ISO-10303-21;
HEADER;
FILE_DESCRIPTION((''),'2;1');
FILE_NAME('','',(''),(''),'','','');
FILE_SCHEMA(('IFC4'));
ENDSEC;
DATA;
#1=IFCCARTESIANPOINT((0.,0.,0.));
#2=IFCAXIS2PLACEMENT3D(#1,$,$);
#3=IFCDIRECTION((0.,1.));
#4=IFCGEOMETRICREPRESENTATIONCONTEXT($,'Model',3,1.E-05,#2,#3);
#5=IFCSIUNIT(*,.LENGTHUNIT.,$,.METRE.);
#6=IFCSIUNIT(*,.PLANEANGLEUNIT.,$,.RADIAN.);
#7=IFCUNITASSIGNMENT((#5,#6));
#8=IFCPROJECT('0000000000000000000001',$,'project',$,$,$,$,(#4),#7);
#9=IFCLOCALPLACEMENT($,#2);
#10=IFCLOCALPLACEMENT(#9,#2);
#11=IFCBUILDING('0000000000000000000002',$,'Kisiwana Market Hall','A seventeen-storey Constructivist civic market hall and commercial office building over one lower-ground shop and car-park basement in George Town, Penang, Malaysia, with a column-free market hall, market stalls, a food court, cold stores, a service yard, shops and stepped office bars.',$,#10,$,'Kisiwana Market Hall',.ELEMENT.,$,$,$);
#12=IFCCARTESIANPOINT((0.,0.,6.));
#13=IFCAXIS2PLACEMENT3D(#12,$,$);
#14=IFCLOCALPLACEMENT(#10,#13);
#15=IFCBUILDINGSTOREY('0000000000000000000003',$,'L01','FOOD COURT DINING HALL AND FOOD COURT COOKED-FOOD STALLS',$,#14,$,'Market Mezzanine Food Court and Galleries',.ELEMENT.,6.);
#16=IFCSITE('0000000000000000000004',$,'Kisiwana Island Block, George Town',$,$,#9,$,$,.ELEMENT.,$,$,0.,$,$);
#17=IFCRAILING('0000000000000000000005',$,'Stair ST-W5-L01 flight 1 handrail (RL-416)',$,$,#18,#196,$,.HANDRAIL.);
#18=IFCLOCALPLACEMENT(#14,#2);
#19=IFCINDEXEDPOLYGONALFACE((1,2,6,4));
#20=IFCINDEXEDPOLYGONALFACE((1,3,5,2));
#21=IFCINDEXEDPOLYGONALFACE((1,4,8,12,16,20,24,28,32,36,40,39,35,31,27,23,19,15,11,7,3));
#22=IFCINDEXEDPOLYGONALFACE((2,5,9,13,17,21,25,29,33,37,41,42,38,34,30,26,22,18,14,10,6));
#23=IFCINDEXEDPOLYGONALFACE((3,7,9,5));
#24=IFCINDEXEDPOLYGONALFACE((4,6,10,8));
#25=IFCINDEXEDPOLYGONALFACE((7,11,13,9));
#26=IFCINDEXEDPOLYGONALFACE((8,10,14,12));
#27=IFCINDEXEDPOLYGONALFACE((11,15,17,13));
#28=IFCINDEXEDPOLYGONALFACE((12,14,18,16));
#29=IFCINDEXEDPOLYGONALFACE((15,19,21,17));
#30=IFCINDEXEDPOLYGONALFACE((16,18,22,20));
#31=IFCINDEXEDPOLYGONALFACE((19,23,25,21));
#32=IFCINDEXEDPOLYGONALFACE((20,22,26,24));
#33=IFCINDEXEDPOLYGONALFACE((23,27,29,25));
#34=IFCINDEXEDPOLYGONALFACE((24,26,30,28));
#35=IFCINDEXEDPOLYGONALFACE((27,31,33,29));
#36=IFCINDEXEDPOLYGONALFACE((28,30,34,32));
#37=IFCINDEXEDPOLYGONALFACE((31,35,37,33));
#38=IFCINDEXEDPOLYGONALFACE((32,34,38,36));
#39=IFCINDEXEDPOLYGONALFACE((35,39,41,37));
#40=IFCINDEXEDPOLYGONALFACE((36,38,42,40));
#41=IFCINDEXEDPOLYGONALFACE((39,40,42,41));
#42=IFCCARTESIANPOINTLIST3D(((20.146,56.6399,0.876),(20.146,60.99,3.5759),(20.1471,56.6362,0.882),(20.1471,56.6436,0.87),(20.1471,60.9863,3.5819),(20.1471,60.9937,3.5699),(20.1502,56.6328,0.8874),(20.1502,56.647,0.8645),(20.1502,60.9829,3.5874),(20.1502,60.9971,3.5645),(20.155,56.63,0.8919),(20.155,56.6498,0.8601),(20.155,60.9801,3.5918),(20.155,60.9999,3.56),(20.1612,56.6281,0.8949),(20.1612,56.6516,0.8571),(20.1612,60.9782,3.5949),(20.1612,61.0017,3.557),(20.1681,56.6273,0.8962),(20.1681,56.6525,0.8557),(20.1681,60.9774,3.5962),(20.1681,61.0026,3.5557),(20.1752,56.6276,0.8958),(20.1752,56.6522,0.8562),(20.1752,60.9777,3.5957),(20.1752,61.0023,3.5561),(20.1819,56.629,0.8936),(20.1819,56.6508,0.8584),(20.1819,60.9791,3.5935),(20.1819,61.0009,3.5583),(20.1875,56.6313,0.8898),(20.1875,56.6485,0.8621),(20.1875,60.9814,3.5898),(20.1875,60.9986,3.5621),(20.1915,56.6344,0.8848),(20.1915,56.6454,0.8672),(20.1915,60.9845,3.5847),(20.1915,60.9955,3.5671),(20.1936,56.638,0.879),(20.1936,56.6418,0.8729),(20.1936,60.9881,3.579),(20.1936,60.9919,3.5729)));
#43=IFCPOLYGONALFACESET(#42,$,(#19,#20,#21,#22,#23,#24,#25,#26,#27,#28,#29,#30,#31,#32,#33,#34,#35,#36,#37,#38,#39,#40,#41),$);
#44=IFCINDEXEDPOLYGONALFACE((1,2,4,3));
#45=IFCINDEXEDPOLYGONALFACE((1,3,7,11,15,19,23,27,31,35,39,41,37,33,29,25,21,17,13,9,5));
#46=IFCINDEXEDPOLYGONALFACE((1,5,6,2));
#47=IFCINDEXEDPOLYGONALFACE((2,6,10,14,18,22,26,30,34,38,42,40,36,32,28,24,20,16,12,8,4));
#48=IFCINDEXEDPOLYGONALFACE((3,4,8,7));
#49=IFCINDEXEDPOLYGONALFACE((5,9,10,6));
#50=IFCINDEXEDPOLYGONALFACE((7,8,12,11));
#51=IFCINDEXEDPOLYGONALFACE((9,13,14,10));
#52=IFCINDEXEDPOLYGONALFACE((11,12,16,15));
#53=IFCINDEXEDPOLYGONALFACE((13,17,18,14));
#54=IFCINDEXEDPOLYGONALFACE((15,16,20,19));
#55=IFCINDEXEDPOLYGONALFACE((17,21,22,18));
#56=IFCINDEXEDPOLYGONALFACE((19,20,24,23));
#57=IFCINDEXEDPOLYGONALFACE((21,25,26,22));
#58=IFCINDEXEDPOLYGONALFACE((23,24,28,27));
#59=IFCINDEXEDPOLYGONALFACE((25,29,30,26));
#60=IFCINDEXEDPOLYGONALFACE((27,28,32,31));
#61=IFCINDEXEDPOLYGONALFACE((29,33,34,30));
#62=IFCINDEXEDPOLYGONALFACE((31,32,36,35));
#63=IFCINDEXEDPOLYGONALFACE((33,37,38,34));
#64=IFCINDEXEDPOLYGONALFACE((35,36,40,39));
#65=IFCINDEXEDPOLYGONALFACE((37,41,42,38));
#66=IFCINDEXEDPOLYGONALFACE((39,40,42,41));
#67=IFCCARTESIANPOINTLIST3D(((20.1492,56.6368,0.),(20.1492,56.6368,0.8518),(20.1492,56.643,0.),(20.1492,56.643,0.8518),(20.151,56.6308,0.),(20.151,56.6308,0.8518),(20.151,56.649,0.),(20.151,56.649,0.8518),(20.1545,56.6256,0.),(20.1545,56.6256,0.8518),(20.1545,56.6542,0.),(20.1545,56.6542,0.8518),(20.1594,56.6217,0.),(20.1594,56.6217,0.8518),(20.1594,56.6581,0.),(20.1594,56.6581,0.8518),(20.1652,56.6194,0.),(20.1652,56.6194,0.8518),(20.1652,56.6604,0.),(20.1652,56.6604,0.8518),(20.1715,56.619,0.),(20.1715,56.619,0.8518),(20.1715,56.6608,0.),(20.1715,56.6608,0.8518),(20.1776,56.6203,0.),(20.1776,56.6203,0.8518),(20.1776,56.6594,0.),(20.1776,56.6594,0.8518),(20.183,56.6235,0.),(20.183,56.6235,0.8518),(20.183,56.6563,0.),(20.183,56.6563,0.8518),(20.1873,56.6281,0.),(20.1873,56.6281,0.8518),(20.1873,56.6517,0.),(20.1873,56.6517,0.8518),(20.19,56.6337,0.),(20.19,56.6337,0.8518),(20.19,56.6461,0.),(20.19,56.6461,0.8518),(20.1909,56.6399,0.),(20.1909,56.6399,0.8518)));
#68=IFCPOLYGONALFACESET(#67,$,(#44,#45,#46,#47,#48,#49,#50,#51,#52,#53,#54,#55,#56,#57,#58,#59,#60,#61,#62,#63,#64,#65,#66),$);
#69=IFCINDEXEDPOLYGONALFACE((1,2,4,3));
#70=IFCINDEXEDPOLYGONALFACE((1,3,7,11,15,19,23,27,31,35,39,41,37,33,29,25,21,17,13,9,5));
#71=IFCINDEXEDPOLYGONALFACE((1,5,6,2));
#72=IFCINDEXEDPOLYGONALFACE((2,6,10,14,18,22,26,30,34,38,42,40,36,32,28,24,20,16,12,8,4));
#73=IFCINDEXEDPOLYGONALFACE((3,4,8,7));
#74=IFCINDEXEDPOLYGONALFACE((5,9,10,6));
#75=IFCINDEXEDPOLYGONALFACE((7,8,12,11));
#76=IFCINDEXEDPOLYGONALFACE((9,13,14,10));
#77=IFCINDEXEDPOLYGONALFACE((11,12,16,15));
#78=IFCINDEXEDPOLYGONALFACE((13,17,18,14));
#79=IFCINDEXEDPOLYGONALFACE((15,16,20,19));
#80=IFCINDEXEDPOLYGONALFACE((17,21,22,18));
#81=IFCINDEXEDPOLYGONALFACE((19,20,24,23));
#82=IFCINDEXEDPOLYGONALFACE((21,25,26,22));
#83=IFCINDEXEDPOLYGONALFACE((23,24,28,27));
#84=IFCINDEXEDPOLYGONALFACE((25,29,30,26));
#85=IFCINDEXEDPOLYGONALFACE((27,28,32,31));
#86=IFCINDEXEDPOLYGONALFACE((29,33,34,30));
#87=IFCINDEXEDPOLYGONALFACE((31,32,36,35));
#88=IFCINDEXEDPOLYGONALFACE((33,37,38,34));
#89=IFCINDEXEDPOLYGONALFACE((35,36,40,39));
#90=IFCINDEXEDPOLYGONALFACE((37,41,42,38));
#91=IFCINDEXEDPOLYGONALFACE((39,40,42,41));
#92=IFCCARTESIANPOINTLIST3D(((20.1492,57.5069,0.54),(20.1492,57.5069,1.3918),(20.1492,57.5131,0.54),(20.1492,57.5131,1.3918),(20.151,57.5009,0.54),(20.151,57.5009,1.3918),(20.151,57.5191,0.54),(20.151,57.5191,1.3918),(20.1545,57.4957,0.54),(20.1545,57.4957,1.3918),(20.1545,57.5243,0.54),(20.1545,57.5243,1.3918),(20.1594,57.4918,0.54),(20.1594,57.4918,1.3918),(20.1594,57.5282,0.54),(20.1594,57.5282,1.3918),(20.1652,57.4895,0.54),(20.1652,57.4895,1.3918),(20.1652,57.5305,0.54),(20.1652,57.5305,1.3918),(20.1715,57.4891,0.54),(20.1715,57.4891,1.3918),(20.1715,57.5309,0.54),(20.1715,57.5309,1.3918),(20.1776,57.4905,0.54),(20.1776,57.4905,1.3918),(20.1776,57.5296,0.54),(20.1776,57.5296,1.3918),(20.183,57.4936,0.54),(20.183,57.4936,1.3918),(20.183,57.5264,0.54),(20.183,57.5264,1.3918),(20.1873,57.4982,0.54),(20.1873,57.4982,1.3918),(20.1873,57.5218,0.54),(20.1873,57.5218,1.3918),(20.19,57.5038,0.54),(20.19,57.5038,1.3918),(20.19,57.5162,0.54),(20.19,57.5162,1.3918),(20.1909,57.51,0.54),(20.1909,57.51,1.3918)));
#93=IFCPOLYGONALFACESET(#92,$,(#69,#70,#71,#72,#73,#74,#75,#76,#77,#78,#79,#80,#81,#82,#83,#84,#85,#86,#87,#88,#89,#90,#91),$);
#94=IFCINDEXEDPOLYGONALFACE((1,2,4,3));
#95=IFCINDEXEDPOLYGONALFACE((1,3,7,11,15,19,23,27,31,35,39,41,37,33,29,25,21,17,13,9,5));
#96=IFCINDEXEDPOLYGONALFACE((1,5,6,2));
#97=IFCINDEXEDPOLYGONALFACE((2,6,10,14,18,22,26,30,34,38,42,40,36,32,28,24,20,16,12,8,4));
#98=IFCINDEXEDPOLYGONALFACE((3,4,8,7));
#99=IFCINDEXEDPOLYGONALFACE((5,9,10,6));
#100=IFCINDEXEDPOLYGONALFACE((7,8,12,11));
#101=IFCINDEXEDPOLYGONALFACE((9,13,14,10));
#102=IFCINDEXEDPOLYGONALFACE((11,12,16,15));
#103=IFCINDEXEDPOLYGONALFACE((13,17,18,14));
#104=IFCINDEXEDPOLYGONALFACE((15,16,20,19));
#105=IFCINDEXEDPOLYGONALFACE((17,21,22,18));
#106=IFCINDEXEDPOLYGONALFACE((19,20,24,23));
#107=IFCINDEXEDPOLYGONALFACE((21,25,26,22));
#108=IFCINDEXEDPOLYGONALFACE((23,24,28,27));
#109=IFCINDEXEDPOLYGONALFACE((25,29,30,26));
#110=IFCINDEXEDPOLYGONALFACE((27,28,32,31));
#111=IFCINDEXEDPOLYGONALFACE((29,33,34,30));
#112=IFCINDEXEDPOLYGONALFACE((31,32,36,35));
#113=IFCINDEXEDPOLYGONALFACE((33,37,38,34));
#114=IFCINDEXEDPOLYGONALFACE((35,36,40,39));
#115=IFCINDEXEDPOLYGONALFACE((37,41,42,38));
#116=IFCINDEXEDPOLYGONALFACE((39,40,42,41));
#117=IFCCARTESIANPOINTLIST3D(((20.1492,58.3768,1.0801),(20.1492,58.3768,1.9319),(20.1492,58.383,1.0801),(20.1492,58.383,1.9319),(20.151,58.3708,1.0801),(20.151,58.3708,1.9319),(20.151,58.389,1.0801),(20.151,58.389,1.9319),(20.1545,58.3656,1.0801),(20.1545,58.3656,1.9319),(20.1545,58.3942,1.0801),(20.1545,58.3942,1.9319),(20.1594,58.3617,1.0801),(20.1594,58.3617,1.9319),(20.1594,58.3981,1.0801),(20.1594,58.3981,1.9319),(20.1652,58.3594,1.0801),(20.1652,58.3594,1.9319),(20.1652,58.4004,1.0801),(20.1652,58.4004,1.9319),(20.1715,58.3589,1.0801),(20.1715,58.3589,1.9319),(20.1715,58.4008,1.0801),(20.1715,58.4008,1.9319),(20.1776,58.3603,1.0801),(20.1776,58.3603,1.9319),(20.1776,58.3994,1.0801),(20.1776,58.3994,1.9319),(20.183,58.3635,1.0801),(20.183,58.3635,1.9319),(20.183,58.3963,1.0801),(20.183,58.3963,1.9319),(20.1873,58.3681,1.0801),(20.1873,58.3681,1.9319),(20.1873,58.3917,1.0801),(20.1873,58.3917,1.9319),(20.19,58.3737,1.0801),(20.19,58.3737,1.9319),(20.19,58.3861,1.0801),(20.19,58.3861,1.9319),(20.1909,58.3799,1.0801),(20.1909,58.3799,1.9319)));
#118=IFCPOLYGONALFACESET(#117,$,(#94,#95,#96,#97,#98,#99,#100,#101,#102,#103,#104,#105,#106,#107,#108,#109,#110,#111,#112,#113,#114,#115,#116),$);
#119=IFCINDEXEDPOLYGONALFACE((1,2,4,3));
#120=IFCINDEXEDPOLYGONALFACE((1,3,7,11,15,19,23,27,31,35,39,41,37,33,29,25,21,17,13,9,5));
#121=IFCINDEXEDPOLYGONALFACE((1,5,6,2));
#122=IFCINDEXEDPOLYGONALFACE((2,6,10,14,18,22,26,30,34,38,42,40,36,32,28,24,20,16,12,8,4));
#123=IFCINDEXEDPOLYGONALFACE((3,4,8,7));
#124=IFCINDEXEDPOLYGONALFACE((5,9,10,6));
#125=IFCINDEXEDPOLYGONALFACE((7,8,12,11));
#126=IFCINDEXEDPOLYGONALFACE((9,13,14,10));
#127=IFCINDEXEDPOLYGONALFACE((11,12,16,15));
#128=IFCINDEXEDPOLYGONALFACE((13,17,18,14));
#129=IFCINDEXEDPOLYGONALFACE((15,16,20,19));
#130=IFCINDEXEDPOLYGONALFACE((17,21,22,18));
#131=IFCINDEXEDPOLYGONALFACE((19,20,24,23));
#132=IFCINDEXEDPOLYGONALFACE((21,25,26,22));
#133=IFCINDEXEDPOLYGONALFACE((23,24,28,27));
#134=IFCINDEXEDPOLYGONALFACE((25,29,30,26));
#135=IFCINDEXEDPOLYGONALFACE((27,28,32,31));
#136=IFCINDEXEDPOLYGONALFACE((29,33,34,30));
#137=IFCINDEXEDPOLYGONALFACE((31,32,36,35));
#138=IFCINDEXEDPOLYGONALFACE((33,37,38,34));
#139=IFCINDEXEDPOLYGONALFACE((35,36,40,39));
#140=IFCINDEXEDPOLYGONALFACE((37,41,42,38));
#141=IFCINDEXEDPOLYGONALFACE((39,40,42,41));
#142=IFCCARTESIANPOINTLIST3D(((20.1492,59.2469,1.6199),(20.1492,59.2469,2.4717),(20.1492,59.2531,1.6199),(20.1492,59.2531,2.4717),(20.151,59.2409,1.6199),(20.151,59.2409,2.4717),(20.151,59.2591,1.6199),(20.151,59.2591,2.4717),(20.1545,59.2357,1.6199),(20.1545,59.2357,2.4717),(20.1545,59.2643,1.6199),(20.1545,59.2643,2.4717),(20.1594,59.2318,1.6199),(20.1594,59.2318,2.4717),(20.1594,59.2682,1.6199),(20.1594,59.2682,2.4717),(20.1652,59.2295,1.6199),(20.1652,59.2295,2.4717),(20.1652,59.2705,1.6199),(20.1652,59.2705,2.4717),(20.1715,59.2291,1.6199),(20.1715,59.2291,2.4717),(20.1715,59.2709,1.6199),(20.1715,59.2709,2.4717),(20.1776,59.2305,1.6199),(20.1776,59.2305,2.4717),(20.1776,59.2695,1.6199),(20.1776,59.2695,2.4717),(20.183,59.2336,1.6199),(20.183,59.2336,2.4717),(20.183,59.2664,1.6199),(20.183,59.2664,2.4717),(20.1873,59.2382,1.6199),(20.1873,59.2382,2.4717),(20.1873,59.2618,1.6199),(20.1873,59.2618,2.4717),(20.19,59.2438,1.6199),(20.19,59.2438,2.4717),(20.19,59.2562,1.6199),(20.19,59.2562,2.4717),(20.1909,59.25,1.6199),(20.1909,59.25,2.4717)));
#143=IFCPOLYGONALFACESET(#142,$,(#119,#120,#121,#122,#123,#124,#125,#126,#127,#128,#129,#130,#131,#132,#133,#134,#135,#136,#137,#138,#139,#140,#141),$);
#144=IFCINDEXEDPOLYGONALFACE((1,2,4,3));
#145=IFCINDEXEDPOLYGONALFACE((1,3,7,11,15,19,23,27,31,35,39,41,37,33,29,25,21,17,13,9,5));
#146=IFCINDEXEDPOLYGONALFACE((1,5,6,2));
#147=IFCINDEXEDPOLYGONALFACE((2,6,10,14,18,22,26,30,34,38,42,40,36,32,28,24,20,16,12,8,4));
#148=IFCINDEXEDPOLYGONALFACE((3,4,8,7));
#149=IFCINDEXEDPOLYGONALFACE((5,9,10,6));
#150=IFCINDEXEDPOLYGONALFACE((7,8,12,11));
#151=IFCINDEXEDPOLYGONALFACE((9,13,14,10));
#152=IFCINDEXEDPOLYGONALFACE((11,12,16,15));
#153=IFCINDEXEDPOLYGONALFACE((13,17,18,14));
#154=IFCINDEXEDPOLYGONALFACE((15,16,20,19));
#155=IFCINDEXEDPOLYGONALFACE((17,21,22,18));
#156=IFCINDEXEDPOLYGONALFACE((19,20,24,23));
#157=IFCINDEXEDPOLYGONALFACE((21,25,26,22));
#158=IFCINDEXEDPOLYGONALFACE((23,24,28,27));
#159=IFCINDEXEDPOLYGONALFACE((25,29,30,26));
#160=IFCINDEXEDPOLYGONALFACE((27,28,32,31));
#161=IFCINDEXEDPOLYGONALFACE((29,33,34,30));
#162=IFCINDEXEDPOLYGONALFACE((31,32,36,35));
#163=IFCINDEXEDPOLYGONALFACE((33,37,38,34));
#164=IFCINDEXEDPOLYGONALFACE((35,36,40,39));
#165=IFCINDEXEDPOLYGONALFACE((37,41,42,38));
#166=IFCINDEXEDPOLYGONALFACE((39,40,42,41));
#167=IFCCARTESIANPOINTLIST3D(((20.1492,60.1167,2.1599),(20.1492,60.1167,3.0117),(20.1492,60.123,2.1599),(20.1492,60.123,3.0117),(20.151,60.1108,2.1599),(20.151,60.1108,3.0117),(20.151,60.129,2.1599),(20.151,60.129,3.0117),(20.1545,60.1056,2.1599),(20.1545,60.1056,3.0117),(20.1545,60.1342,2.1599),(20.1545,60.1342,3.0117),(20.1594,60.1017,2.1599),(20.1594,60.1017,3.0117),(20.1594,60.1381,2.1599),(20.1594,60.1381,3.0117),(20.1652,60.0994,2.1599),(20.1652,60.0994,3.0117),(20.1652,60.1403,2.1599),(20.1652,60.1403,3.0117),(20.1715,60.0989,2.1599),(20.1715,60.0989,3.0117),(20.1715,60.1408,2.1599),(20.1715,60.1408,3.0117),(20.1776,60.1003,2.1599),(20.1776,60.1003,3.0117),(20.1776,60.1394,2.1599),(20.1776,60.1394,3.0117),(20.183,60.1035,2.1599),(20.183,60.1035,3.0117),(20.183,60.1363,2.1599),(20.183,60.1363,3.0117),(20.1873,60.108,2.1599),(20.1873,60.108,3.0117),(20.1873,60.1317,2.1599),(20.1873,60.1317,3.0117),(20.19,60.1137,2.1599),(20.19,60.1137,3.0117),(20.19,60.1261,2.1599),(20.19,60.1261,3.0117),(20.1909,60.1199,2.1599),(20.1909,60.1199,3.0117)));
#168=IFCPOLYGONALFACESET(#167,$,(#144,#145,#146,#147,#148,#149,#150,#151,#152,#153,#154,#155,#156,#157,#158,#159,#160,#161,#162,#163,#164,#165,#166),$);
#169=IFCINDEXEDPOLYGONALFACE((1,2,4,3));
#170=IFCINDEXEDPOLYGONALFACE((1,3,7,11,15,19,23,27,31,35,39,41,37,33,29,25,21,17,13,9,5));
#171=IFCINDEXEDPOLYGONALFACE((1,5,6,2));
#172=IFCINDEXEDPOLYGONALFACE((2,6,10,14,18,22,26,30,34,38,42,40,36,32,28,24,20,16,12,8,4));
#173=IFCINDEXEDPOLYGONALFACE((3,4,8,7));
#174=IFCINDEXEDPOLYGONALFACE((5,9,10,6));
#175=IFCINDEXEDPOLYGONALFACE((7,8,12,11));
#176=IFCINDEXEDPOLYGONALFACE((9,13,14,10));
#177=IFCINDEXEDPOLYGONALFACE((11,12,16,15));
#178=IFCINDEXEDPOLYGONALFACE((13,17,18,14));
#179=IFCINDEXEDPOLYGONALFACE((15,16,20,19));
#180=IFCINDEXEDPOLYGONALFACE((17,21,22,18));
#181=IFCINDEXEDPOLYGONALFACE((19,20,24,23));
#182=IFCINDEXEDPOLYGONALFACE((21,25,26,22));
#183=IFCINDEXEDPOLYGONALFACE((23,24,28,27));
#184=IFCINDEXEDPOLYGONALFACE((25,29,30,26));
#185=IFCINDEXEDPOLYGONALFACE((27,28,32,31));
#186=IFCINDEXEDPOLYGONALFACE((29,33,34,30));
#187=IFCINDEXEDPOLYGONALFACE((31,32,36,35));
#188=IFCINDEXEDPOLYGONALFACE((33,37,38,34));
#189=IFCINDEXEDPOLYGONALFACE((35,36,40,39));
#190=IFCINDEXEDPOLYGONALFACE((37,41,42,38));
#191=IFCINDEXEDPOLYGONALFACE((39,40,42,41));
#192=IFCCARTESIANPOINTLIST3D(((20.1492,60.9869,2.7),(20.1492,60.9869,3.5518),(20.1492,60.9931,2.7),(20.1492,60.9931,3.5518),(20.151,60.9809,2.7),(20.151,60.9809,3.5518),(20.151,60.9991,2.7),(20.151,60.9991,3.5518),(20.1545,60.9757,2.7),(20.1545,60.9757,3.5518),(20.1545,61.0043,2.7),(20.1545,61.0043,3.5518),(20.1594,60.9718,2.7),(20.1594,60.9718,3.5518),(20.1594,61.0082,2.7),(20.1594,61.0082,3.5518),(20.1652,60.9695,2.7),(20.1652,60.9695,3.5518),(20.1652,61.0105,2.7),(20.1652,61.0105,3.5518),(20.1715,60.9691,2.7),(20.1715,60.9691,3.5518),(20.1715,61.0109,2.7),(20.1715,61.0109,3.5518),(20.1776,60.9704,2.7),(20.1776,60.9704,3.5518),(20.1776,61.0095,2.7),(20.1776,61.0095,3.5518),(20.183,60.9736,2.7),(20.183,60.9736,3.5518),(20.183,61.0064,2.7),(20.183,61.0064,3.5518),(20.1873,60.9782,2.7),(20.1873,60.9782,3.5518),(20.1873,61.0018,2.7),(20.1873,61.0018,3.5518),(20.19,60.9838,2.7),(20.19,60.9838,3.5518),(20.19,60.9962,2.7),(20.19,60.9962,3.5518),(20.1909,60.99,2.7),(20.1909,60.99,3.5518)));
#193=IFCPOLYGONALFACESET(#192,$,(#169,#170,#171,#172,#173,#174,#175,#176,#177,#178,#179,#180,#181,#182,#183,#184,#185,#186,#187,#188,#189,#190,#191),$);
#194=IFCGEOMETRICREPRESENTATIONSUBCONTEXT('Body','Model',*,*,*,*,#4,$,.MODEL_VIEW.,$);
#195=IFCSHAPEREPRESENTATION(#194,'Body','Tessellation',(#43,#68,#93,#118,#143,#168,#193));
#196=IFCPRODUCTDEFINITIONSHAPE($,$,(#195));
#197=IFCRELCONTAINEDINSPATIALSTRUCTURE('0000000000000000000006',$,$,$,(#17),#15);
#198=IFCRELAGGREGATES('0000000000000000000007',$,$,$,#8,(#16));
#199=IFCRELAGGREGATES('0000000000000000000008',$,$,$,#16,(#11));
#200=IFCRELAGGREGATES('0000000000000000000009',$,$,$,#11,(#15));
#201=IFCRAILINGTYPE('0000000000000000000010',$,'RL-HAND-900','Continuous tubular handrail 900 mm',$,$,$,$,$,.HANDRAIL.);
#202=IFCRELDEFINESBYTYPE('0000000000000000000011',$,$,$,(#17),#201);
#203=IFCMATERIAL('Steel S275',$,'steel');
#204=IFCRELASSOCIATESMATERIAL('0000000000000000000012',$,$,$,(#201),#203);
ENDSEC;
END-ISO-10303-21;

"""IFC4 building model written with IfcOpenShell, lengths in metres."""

from ifc_helpers import new_model, si_unit, direction, frame, origin, origin_2d, place, context, subcontext, project, spatial, circle, extrude, material, type_object, element, save


model = new_model("IFC4")

# Units and contexts
model_context = context("Model", 3, precision=1e-05, world=origin(), true_north=direction((0.0, 1.0)))
body_context = subcontext(model_context, "Body", "Model", "MODEL_VIEW")
ifc_project = project(units=[si_unit("LENGTHUNIT", "METRE"), si_unit("PLANEANGLEUNIT", "RADIAN")], contexts=[model_context])

# Site, building, storey
site_placement = place(None, origin())
site = spatial("IfcSite", under=ifc_project, at=site_placement, Name="Kisiwana Island Block, George Town", CompositionType="ELEMENT", RefElevation=0.0)
building_placement = place(site_placement, origin())
building = spatial("IfcBuilding", under=site, at=building_placement, Name="Kisiwana Market Hall", Description="A seventeen-storey Constructivist civic market hall and commercial office building over one lower-ground shop and car-park basement in George Town, Penang, Malaysia, with a column-free market hall, market stalls, a food court, cold stores, a service yard, shops and stepped office bars.", LongName="Kisiwana Market Hall", CompositionType="ELEMENT")
storey_placement = place(building_placement, frame((0.0, 0.0, 6.0)))
storey = spatial("IfcBuildingStorey", under=building, at=storey_placement, Name="L01", Description="FOOD COURT DINING HALL AND FOOD COURT COOKED-FOOD STALLS", LongName="Market Mezzanine Food Court and Galleries", CompositionType="ELEMENT", Elevation=6.0)

# Railing
ifc_material_1 = material(Name="Steel S275", Category="steel")
railing_type_1 = type_object("IfcRailingType", Name="RL-HAND-900", Description="Continuous tubular handrail 900 mm", PredefinedType="HANDRAIL", material=ifc_material_1)
railing_1_placement = place(storey_placement, frame((20.1699, 56.6399, 0.0)))
element("IfcRailing", 1, at=railing_1_placement, inside=storey, type_object=railing_type_1, Name="Stair ST-W5-L01 flight 1 handrail (RL-416)", PredefinedType="HANDRAIL", context=body_context, shape_type="SweptSolid", body=[
    extrude(circle(Radius=0.0239, at=origin_2d()), frame((0.0, 0.0, 0.876), z_axis=(0.0, 0.84965, 0.527347), x_axis=(-1.0, 0.0, 0.0)), (0.0, 0.0, 1.0), 5.1199),
    extrude(circle(Radius=0.021, at=origin_2d()), origin(), (0.0, 0.0, 1.0), 0.8518),
    extrude(circle(Radius=0.021, at=origin_2d()), frame((0.0, 0.8701, 0.54)), (0.0, 0.0, 1.0), 0.8518),
    extrude(circle(Radius=0.021, at=origin_2d()), frame((0.0, 1.74, 1.0801)), (0.0, 0.0, 1.0), 0.8518),
    extrude(circle(Radius=0.021, at=origin_2d()), frame((0.0, 2.6101, 1.6199)), (0.0, 0.0, 1.0), 0.8518),
    extrude(circle(Radius=0.021, at=origin_2d()), frame((0.0, 3.48, 2.1599)), (0.0, 0.0, 1.0), 0.8518),
    extrude(circle(Radius=0.021, at=origin_2d()), frame((0.0, 4.3501, 2.7)), (0.0, 0.0, 1.0), 0.8518),
])

save(model, "model.ifc")
